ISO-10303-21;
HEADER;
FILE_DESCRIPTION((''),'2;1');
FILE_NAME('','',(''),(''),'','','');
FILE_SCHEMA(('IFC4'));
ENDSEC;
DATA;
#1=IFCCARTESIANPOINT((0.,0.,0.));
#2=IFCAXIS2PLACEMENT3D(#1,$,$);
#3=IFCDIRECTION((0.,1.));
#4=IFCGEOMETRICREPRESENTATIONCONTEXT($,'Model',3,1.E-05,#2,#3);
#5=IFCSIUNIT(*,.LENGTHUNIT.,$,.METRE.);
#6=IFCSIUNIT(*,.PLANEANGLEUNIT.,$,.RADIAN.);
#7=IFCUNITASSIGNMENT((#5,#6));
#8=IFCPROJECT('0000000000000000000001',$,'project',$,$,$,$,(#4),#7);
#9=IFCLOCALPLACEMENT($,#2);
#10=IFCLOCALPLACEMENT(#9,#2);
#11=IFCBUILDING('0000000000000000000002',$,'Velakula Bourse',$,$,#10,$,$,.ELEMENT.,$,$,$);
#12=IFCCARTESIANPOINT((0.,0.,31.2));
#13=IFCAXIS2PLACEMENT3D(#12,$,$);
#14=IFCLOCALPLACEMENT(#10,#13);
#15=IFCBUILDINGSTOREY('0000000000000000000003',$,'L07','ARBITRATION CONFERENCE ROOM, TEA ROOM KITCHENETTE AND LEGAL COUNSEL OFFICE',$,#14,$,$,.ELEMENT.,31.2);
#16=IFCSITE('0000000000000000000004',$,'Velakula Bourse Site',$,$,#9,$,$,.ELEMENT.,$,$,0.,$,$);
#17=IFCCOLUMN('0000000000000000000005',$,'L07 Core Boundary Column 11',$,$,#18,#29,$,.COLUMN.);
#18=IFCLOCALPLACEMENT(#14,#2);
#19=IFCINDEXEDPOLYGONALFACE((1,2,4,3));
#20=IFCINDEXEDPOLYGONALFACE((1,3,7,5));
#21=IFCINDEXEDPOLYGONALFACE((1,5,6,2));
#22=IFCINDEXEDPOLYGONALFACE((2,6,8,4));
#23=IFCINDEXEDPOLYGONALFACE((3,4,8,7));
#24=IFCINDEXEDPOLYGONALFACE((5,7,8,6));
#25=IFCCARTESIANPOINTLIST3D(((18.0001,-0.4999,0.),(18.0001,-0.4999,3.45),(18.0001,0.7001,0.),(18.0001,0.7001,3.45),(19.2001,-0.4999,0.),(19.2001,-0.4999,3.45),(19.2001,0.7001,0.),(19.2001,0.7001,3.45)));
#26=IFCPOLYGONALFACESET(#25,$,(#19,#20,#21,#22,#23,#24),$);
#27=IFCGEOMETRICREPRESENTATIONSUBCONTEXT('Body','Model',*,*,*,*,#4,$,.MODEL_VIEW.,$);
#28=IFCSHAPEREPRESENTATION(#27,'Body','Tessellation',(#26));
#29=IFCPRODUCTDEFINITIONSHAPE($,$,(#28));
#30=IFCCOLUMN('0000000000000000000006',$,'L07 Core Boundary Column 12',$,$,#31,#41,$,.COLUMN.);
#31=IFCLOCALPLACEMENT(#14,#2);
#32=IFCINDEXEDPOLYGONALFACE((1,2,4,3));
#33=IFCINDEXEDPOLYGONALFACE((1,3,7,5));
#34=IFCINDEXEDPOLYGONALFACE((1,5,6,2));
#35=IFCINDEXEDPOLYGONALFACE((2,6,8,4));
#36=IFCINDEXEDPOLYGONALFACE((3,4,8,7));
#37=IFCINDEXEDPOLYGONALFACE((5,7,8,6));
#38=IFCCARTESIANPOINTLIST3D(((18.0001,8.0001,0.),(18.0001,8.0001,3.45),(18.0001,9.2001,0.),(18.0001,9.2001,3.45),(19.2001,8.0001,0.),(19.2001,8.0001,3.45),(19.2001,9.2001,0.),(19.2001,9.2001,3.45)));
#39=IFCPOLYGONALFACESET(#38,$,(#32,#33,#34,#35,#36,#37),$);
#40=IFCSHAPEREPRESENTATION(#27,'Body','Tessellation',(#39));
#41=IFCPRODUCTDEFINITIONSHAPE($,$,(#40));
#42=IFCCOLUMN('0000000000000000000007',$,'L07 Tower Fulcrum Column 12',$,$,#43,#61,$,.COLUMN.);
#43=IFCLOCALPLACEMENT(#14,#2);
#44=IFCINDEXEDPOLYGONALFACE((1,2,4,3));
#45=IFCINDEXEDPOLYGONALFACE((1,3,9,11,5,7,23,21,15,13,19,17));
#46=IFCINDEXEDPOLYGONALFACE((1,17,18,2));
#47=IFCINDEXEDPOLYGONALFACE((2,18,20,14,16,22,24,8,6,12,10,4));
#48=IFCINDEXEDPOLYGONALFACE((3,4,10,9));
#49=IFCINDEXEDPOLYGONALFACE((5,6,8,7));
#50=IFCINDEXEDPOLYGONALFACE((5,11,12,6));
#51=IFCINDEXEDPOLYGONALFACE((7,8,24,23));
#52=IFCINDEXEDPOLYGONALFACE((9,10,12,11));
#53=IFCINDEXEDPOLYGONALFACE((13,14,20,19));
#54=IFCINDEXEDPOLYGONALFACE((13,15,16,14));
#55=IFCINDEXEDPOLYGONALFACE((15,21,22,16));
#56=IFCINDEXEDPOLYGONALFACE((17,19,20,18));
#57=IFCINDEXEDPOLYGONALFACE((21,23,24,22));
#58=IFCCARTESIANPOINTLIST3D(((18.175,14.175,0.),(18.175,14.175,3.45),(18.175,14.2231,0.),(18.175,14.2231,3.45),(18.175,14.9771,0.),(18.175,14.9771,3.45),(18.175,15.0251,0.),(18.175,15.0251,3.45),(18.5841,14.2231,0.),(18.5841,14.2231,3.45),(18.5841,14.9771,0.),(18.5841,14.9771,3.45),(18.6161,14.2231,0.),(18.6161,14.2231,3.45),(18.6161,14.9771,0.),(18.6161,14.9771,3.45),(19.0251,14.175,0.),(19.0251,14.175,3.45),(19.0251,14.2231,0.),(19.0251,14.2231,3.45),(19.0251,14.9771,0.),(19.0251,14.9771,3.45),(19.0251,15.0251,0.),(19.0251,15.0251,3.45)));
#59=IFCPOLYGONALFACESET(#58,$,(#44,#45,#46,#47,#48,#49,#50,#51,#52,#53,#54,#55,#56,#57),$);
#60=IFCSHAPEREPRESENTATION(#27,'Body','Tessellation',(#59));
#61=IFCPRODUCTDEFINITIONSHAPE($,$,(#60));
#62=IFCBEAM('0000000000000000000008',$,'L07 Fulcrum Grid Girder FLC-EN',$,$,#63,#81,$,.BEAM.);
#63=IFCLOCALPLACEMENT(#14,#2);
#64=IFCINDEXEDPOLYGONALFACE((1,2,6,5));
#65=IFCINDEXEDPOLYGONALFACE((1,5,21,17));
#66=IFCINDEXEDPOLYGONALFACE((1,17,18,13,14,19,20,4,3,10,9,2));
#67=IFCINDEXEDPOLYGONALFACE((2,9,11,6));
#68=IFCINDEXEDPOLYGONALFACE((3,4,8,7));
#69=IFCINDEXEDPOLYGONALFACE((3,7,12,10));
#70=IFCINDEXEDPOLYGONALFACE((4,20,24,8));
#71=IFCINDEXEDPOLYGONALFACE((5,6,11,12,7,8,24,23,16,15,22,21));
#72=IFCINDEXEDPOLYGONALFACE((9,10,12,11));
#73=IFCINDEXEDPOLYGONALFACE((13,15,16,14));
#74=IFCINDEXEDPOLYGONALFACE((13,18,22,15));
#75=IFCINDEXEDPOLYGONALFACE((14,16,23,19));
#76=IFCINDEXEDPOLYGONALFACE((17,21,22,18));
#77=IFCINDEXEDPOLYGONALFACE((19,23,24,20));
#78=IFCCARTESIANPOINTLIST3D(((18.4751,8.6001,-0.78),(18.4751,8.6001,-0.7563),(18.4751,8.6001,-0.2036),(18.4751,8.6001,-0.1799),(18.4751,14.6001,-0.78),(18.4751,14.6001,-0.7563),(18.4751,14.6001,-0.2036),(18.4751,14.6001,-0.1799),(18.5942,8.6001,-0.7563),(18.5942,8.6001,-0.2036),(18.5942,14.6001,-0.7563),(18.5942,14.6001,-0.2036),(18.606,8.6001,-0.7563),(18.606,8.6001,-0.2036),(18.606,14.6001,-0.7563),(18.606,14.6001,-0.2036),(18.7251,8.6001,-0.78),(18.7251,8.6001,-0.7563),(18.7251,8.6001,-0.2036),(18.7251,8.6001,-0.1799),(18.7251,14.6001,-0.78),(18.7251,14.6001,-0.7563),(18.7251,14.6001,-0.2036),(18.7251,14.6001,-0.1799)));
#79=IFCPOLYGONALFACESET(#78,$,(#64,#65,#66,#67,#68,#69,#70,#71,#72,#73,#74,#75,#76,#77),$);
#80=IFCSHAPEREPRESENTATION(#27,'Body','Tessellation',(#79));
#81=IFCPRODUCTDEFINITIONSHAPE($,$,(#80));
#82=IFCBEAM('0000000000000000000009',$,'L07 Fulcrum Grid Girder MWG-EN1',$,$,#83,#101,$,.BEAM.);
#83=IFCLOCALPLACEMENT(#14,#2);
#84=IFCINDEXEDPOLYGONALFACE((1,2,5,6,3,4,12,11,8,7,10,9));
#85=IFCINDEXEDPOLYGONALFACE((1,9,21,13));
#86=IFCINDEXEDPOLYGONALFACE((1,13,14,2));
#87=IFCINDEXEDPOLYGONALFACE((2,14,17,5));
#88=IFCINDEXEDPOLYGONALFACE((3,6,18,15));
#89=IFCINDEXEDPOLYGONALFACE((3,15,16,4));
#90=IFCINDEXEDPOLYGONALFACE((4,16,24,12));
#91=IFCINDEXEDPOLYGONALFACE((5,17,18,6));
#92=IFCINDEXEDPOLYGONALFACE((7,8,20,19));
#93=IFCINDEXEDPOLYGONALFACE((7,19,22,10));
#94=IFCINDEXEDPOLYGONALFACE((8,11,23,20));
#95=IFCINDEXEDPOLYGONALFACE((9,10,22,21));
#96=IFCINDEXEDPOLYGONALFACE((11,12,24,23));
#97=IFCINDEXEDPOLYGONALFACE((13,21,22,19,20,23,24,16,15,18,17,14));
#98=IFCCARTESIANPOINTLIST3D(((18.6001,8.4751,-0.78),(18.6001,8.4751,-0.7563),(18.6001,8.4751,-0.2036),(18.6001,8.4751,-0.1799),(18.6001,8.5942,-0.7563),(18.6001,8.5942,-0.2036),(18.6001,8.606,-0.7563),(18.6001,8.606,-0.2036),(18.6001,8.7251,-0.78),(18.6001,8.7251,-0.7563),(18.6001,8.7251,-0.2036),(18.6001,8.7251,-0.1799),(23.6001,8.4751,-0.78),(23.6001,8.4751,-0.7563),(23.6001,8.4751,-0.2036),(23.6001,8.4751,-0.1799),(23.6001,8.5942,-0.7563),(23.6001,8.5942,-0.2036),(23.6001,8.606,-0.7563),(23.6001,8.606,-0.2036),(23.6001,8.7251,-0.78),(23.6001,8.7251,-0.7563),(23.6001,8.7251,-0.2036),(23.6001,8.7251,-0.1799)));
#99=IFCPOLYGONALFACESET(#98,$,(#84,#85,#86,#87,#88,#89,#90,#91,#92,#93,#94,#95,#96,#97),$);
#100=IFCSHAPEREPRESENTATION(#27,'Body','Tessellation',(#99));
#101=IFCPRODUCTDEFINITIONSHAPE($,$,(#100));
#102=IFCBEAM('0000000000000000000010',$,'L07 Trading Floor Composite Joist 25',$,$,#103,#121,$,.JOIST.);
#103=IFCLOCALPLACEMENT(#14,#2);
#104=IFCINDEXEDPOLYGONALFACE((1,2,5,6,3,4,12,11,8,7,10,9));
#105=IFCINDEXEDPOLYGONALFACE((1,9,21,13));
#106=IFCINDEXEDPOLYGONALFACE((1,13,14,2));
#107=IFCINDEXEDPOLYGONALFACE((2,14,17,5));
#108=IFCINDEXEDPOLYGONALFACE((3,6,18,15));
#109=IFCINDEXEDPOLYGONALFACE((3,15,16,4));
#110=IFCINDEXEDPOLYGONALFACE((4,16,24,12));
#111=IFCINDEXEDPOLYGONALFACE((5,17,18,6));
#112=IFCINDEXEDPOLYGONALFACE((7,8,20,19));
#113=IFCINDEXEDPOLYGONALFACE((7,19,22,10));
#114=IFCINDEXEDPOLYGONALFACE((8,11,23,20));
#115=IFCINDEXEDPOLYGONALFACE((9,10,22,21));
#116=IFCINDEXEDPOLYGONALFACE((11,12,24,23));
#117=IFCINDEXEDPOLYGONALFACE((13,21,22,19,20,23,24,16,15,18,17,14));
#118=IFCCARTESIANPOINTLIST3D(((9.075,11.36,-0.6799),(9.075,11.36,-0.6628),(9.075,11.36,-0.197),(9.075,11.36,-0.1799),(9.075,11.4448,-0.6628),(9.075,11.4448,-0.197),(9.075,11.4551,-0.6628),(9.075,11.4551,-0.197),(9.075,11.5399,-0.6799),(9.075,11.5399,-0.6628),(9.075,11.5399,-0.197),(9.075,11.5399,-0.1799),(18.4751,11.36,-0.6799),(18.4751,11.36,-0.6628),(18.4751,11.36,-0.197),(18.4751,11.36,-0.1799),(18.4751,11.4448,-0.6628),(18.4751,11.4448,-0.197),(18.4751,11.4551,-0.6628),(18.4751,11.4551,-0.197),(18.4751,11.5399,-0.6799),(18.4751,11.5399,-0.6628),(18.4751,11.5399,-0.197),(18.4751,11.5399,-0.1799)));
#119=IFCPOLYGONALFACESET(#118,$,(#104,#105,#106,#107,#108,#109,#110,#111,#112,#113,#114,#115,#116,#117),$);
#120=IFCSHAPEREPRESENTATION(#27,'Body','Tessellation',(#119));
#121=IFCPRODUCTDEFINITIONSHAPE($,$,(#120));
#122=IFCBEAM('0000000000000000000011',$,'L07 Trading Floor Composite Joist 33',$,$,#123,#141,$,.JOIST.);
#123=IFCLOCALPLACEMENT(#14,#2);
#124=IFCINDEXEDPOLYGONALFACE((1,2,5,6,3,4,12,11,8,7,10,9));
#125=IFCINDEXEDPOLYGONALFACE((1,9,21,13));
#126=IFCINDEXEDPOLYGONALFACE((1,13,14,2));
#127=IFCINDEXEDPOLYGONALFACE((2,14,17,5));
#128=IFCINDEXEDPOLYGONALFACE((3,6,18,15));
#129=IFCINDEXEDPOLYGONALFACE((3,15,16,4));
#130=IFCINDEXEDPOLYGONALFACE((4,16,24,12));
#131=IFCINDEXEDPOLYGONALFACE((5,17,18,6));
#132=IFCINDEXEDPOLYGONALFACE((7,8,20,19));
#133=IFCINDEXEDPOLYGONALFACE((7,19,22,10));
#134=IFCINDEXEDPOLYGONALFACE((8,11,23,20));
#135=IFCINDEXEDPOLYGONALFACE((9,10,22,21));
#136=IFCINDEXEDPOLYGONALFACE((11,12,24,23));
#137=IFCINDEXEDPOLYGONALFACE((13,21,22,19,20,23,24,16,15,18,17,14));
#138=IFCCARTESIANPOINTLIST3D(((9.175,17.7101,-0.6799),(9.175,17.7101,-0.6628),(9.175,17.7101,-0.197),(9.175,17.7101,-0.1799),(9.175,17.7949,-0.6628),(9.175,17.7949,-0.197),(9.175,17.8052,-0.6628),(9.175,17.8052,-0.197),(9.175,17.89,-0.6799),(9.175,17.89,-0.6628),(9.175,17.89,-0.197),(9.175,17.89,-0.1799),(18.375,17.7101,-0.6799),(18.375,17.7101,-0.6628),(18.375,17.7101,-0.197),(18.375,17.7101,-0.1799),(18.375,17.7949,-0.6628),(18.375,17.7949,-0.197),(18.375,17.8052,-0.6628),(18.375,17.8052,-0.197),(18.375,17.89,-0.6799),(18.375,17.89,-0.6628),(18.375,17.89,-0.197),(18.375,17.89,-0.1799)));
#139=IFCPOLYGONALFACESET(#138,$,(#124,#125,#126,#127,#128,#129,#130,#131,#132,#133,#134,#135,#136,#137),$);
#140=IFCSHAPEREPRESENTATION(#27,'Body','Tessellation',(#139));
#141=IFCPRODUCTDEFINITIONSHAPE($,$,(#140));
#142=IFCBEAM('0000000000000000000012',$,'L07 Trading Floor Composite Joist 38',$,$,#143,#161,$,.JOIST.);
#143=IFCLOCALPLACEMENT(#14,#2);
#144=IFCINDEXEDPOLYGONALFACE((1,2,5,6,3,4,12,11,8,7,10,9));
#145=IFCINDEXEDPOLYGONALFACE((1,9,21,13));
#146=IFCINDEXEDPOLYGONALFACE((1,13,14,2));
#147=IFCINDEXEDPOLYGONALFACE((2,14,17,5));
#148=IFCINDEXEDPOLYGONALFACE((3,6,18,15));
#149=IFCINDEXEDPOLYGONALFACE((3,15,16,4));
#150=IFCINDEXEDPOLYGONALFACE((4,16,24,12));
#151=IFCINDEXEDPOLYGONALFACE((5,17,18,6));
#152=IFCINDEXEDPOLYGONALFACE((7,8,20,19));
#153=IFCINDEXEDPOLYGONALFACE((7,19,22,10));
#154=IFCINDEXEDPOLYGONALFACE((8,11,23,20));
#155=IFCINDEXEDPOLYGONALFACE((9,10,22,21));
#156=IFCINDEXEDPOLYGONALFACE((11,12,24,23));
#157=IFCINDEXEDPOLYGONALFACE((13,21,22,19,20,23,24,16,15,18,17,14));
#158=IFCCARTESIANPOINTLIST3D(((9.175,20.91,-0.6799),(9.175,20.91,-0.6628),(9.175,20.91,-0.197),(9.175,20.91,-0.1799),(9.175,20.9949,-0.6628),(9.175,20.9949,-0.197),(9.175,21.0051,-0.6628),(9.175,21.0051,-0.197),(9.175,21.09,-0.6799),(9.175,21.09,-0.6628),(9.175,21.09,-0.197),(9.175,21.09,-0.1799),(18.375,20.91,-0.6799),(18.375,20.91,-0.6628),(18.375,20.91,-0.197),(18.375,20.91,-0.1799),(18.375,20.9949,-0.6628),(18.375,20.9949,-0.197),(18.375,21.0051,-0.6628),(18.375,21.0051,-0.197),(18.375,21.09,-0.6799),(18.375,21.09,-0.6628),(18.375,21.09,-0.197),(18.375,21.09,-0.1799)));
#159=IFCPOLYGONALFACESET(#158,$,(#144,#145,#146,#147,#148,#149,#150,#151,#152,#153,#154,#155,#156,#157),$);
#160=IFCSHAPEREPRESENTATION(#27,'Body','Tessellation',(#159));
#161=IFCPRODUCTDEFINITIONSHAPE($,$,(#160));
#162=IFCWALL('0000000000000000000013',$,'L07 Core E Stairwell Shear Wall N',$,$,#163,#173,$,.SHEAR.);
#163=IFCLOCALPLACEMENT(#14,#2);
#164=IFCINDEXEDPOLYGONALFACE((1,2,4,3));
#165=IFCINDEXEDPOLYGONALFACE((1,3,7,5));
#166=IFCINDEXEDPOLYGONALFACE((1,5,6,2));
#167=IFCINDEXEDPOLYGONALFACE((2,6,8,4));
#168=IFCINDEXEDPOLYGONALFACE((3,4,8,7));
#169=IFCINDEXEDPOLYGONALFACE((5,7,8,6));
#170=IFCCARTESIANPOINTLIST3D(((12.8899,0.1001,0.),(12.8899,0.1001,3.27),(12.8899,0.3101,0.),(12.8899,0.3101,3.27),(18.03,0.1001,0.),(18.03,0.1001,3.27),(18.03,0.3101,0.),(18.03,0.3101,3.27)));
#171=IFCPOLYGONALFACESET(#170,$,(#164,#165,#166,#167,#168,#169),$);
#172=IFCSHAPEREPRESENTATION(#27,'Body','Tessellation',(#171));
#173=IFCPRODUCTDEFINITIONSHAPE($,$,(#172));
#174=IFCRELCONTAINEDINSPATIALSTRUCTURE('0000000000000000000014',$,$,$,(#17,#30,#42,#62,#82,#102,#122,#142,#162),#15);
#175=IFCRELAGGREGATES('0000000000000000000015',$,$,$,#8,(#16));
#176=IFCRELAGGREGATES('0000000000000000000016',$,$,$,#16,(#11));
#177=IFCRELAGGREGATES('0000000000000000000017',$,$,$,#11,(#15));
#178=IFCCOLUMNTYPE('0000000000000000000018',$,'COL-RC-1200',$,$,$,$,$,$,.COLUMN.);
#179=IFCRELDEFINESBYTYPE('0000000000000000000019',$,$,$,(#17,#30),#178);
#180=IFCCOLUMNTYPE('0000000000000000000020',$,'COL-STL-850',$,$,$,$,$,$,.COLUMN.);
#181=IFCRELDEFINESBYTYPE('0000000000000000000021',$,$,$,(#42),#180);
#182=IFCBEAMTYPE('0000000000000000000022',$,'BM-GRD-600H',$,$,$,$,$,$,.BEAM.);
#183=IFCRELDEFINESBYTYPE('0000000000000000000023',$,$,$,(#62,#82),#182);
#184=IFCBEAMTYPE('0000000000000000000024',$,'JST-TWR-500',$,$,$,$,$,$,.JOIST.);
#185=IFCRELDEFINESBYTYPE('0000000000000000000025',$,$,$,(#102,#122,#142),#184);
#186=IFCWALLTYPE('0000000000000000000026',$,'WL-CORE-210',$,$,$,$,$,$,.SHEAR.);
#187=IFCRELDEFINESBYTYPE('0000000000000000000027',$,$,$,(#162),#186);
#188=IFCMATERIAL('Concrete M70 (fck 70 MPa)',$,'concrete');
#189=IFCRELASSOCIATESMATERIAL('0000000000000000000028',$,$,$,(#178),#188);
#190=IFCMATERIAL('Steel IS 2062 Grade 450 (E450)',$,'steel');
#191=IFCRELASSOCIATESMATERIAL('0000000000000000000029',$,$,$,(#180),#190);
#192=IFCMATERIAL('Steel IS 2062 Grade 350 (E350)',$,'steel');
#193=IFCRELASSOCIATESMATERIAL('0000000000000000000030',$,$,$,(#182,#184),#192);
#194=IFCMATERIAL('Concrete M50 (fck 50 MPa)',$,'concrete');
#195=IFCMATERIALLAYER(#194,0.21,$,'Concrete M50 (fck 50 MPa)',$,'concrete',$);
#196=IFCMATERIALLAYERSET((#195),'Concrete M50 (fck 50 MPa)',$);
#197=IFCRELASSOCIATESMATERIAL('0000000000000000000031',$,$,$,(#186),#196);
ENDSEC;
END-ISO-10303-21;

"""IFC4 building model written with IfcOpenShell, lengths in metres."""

from ifc_helpers import new_model, si_unit, direction, frame, frame_2d, origin, origin_2d, place, context, subcontext, project, spatial, rectangle, i_section, extrude, material, layer, layer_set, material_profile, profile_set, type_object, element, save


model = new_model("IFC4")

# Units and contexts
model_context = context("Model", 3, precision=1e-05, world=origin(), true_north=direction((0.0, 1.0)))
body_context = subcontext(model_context, "Body", "Model", "MODEL_VIEW")
ifc_project = project(units=[si_unit("LENGTHUNIT", "METRE"), si_unit("PLANEANGLEUNIT", "RADIAN")], contexts=[model_context])

# Site, building, storey
site_placement = place(None, origin())
site = spatial("IfcSite", under=ifc_project, at=site_placement, Name="Velakula Bourse Site", CompositionType="ELEMENT", RefElevation=0.0)
building_placement = place(site_placement, origin())
building = spatial("IfcBuilding", under=site, at=building_placement, Name="Velakula Bourse", CompositionType="ELEMENT")
storey_placement = place(building_placement, frame((0.0, 0.0, 31.2)))
storey = spatial("IfcBuildingStorey", under=building, at=storey_placement, Name="L07", Description="ARBITRATION CONFERENCE ROOM, TEA ROOM KITCHENETTE AND LEGAL COUNSEL OFFICE", CompositionType="ELEMENT", Elevation=31.2)

# Columns
ifc_material_1 = material(Name="Concrete M70 (fck 70 MPa)", Category="concrete")
ifc_material_profile_1 = material_profile(ifc_material_1, rectangle(XDim=1.2, YDim=1.2, at=origin_2d()), Name="Concrete M70 (fck 70 MPa)")
ifc_profile_set_1 = profile_set([ifc_material_profile_1], Name="Concrete M70 (fck 70 MPa)")
column_type_1 = type_object("IfcColumnType", Name="COL-RC-1200", PredefinedType="COLUMN", material=ifc_profile_set_1)
for number, where, z_axis, x_axis, name in (
    (1, (18.6001, 0.1001, 0.0), (0.0, 0.0, 1.0), (1.0, 0.0, 0.0), "L07 Core Boundary Column 11"),
    (2, (18.6001, 8.6001, 0.0), (0.0, 0.0, 1.0), (1.0, 0.0, 0.0), "L07 Core Boundary Column 12"),
):
    element("IfcColumn", number, at=place(storey_placement, frame(where, z_axis=z_axis, x_axis=x_axis)), inside=storey, type_object=column_type_1, Name=name, PredefinedType="COLUMN", context=body_context, shape_type="SweptSolid", body=[
        extrude(rectangle(XDim=1.2, YDim=1.2, at=origin_2d()), origin(), (0.0, 0.0, 1.0), 3.45),
    ])
ifc_material_2 = material(Name="Steel IS 2062 Grade 450 (E450)", Category="steel")
ifc_material_profile_2 = material_profile(ifc_material_2, i_section(OverallWidth=0.8501, OverallDepth=0.8501, WebThickness=0.032, FlangeThickness=0.0481, at=origin_2d()), Name="Steel IS 2062 Grade 450 (E450)")
ifc_profile_set_2 = profile_set([ifc_material_profile_2], Name="Steel IS 2062 Grade 450 (E450)")
column_type_2 = type_object("IfcColumnType", Name="COL-STL-850", PredefinedType="COLUMN", material=ifc_profile_set_2)
column_placement = place(storey_placement, frame((18.6001, 14.6001, 0.0), z_axis=(0.0, 0.0, 1.0), x_axis=(1.0, 0.0, 0.0)))
element("IfcColumn", 3, at=column_placement, inside=storey, type_object=column_type_2, Name="L07 Tower Fulcrum Column 12", PredefinedType="COLUMN", context=body_context, shape_type="SweptSolid", body=[
    extrude(i_section(OverallWidth=0.8501, OverallDepth=0.8501, WebThickness=0.032, FlangeThickness=0.0481, at=origin_2d()), origin(), (0.0, 0.0, 1.0), 3.45),
])

# Beams
ifc_material_3 = material(Name="Steel IS 2062 Grade 350 (E350)", Category="steel")
ifc_material_profile_3 = material_profile(ifc_material_3, i_section(OverallWidth=0.25, OverallDepth=0.6001, WebThickness=0.0117, FlangeThickness=0.0237, at=origin_2d()), Name="Steel IS 2062 Grade 350 (E350)")
ifc_profile_set_3 = profile_set([ifc_material_profile_3], Name="Steel IS 2062 Grade 350 (E350)")
beam_type_1 = type_object("IfcBeamType", Name="BM-GRD-600H", PredefinedType="BEAM", material=ifc_profile_set_3)
beam_1_placement = place(storey_placement, frame((18.6001, 8.6001, -0.48), z_axis=(0.0, 1.0, 0.0), x_axis=(-1.0, 0.0, 0.0)))
element("IfcBeam", 4, at=beam_1_placement, inside=storey, type_object=beam_type_1, Name="L07 Fulcrum Grid Girder FLC-EN", PredefinedType="BEAM", context=body_context, shape_type="SweptSolid", body=[
    extrude(i_section(OverallWidth=0.25, OverallDepth=0.6001, WebThickness=0.0117, FlangeThickness=0.0237, at=origin_2d()), origin(), (0.0, 0.0, 1.0), 6.0),
])
beam_2_placement = place(storey_placement, frame((18.6001, 8.6001, -0.48), z_axis=(1.0, 0.0, 0.0), x_axis=(0.0, 1.0, 0.0)))
element("IfcBeam", 5, at=beam_2_placement, inside=storey, type_object=beam_type_1, Name="L07 Fulcrum Grid Girder MWG-EN1", PredefinedType="BEAM", context=body_context, shape_type="SweptSolid", body=[
    extrude(i_section(OverallWidth=0.25, OverallDepth=0.6001, WebThickness=0.0117, FlangeThickness=0.0237, at=origin_2d()), origin(), (0.0, 0.0, 1.0), 5.0),
])
ifc_material_profile_4 = material_profile(ifc_material_3, i_section(OverallWidth=0.1799, OverallDepth=0.5, WebThickness=0.0103, FlangeThickness=0.0171, at=origin_2d()), Name="Steel IS 2062 Grade 350 (E350)")
ifc_profile_set_4 = profile_set([ifc_material_profile_4], Name="Steel IS 2062 Grade 350 (E350)")
beam_type_2 = type_object("IfcBeamType", Name="JST-TWR-500", PredefinedType="JOIST", material=ifc_profile_set_4)
beam_3_placement = place(storey_placement, frame((9.075, 11.45, -0.4299), z_axis=(1.0, 0.0, 0.0), x_axis=(0.0, 1.0, 0.0)))
element("IfcBeam", 6, at=beam_3_placement, inside=storey, type_object=beam_type_2, Name="L07 Trading Floor Composite Joist 25", PredefinedType="JOIST", context=body_context, shape_type="SweptSolid", body=[
    extrude(i_section(OverallWidth=0.1799, OverallDepth=0.5, WebThickness=0.0103, FlangeThickness=0.0171, at=origin_2d()), origin(), (0.0, 0.0, 1.0), 9.4001),
])
for number, where, z_axis, x_axis, name in (
    (7, (9.175, 17.8, -0.4299), (1.0, 0.0, 0.0), (0.0, 1.0, 0.0), "L07 Trading Floor Composite Joist 33"),
    (8, (9.175, 21.0, -0.4299), (1.0, 0.0, 0.0), (0.0, 1.0, 0.0), "L07 Trading Floor Composite Joist 38"),
):
    element("IfcBeam", number, at=place(storey_placement, frame(where, z_axis=z_axis, x_axis=x_axis)), inside=storey, type_object=beam_type_2, Name=name, PredefinedType="JOIST", context=body_context, shape_type="SweptSolid", body=[
        extrude(i_section(OverallWidth=0.1799, OverallDepth=0.5, WebThickness=0.0103, FlangeThickness=0.0171, at=origin_2d()), origin(), (0.0, 0.0, 1.0), 9.2),
    ])

# Wall
ifc_material_4 = material(Name="Concrete M50 (fck 50 MPa)", Category="concrete")
ifc_layer_1 = layer(ifc_material_4, 0.21, Name="Concrete M50 (fck 50 MPa)", Category="concrete")
ifc_layer_set_1 = layer_set([ifc_layer_1], Name="Concrete M50 (fck 50 MPa)")
wall_type_1 = type_object("IfcWallType", Name="WL-CORE-210", PredefinedType="SHEAR", material=ifc_layer_set_1)
wall_1_placement = place(storey_placement, frame((18.03, 0.2051, 0.0), z_axis=(0.0, 0.0, 1.0), x_axis=(-1.0, 0.0, 0.0)))
element("IfcWall", 9, at=wall_1_placement, inside=storey, type_object=wall_type_1, Name="L07 Core E Stairwell Shear Wall N", PredefinedType="SHEAR", context=body_context, shape_type="SweptSolid", body=[
    extrude(rectangle(XDim=5.1401, YDim=0.21, at=frame_2d((2.5701, 0.0))), origin(), (0.0, 0.0, 1.0), 3.27),
])

save(model, "model.ifc")
